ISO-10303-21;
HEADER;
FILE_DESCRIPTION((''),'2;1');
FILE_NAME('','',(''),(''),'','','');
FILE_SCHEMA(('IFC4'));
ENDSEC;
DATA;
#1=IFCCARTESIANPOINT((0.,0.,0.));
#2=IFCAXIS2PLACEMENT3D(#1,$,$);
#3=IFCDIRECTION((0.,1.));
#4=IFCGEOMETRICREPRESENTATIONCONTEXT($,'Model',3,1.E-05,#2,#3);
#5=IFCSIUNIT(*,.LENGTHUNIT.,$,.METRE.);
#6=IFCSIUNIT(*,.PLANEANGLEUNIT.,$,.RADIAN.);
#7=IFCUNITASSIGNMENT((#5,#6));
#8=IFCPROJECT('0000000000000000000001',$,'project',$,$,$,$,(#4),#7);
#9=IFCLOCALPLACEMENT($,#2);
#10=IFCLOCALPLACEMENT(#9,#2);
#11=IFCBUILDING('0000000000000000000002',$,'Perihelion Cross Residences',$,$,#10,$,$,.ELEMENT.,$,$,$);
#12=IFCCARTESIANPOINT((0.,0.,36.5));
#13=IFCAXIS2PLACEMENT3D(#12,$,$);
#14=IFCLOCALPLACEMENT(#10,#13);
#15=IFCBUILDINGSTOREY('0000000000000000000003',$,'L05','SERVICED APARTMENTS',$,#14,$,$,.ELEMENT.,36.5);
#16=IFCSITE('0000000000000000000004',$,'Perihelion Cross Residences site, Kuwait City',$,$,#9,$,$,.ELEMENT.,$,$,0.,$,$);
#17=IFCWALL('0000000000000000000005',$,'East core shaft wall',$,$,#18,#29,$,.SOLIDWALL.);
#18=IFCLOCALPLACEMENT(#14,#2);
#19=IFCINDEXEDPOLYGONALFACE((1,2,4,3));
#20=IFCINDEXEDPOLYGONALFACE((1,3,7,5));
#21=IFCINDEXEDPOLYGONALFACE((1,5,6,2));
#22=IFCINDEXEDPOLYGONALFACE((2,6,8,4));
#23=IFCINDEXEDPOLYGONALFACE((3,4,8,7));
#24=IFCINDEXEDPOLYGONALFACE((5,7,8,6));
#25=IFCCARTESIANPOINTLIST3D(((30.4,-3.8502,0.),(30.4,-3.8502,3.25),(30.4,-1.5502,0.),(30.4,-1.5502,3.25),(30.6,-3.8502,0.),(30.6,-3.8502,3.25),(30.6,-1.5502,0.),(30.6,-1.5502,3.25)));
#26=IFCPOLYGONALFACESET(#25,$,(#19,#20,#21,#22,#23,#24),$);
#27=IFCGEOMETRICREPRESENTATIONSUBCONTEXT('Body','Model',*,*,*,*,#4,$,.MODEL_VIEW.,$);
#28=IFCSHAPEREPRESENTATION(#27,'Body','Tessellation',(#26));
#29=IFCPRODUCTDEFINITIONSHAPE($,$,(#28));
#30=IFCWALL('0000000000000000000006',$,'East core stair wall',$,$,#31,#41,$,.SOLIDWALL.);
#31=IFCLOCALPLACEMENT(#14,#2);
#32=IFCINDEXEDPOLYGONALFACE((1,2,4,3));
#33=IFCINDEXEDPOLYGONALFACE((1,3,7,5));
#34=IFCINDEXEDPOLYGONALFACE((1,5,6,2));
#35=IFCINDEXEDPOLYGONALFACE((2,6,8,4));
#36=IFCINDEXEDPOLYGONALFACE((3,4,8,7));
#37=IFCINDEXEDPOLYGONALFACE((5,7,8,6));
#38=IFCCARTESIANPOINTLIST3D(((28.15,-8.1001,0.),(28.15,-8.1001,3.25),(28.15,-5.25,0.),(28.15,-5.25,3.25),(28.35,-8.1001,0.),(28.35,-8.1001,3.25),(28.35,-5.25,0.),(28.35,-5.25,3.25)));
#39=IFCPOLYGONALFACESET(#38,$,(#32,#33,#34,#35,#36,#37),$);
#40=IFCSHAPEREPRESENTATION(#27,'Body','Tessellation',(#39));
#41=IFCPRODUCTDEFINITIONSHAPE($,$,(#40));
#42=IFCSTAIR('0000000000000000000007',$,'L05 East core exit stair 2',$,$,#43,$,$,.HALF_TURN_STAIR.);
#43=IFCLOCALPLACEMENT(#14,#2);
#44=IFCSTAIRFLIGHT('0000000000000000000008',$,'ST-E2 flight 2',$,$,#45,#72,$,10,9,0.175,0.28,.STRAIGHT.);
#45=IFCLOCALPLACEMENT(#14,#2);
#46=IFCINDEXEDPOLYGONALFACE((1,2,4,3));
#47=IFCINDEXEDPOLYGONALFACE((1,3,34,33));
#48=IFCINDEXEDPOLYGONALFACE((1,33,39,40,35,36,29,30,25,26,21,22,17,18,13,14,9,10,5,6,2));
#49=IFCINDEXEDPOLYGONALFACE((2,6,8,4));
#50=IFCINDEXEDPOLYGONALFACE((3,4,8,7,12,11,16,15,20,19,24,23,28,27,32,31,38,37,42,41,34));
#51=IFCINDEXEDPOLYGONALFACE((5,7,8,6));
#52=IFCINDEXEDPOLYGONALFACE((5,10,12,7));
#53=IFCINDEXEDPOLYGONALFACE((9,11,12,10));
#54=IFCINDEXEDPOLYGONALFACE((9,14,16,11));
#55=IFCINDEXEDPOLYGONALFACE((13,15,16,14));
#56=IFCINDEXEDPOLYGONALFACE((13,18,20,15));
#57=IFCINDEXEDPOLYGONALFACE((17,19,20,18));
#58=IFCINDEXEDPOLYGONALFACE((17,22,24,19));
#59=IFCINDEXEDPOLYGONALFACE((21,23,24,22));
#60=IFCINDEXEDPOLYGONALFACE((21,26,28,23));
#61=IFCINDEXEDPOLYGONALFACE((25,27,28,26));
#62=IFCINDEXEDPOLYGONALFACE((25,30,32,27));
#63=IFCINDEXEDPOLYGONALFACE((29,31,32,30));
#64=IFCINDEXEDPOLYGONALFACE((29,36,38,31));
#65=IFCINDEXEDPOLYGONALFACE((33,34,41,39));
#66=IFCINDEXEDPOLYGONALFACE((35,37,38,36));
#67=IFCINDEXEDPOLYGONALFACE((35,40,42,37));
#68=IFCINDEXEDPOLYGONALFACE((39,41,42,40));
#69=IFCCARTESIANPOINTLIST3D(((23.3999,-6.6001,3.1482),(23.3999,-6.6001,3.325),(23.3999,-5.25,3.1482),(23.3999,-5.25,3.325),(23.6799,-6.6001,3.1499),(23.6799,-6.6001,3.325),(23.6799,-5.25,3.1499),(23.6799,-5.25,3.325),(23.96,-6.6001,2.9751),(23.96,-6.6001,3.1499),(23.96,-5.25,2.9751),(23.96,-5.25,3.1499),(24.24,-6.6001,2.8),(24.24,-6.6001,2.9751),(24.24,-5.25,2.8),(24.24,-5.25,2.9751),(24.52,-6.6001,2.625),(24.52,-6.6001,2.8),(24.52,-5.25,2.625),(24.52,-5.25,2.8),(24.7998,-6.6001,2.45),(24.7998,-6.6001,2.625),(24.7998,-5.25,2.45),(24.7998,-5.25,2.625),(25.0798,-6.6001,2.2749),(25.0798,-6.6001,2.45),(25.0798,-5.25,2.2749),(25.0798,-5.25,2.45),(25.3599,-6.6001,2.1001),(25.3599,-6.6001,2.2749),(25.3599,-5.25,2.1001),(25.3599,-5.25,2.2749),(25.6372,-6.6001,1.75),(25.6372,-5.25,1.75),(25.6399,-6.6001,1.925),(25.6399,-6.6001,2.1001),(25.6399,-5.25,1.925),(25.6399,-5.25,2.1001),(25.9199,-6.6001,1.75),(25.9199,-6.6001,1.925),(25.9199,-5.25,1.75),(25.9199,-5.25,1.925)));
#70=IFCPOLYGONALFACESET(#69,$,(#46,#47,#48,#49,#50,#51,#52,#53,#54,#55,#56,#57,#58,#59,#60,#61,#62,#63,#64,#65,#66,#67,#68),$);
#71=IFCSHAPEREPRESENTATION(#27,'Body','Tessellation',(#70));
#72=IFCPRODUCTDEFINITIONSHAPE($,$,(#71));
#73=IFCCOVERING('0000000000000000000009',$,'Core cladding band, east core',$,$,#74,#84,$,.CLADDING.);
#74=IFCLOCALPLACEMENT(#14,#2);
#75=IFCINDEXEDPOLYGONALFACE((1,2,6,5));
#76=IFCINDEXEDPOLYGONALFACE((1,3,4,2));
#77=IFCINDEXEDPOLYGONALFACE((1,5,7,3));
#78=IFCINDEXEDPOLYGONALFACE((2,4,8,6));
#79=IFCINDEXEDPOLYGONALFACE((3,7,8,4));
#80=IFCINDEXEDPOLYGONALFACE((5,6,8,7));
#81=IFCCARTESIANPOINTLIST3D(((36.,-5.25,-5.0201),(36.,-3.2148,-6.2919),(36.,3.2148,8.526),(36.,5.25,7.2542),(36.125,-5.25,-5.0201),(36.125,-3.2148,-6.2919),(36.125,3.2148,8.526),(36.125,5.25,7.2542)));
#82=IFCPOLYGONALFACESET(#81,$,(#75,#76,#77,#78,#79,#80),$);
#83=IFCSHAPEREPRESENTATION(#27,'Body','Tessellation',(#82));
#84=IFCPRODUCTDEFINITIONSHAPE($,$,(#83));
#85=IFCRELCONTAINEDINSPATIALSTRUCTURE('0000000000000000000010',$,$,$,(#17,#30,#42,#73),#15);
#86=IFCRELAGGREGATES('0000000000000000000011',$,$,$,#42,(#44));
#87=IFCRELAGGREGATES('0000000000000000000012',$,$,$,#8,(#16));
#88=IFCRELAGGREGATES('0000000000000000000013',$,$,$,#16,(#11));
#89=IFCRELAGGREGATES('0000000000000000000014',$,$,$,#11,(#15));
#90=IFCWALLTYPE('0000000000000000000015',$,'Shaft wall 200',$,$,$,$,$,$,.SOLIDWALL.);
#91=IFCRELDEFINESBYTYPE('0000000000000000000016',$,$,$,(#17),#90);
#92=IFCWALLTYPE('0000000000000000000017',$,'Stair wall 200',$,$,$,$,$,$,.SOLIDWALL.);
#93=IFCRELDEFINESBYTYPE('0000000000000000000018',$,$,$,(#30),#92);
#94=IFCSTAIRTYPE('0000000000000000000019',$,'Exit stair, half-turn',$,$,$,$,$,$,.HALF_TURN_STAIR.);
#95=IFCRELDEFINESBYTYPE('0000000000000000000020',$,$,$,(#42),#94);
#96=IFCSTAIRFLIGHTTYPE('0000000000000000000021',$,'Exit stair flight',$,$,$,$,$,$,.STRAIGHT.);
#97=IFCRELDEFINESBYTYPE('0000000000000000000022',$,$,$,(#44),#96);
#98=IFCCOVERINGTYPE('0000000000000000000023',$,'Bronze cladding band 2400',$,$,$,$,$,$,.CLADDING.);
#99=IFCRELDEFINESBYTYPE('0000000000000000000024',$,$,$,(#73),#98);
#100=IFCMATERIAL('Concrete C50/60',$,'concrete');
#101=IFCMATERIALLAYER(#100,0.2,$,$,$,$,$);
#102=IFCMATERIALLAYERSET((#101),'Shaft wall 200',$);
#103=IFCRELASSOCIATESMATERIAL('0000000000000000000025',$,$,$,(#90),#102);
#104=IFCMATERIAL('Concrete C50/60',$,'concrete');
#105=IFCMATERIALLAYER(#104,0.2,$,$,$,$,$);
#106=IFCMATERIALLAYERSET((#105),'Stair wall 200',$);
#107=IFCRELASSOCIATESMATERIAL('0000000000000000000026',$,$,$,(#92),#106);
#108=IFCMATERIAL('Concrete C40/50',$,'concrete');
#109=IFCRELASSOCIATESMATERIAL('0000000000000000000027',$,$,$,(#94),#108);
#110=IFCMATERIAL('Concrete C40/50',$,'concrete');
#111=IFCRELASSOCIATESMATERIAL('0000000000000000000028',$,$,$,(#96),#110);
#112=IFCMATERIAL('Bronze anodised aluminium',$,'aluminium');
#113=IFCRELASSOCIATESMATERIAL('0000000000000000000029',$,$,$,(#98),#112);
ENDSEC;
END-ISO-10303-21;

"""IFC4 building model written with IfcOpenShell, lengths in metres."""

from ifc_helpers import new_model, si_unit, direction, frame, frame_2d, origin, origin_2d, place, context, subcontext, project, spatial, polyline, rectangle, outline, extrude, material, layer, layer_set, material_profile, profile_set, type_object, element, aggregate, save


model = new_model("IFC4")

# Units and contexts
model_context = context("Model", 3, precision=1e-05, world=origin(), true_north=direction((0.0, 1.0)))
body_context = subcontext(model_context, "Body", "Model", "MODEL_VIEW")
ifc_project = project(units=[si_unit("LENGTHUNIT", "METRE"), si_unit("PLANEANGLEUNIT", "RADIAN")], contexts=[model_context])

# Site, building, storey
site_placement = place(None, origin())
site = spatial("IfcSite", under=ifc_project, at=site_placement, Name="Perihelion Cross Residences site, Kuwait City", CompositionType="ELEMENT", RefElevation=0.0)
building_placement = place(site_placement, origin())
building = spatial("IfcBuilding", under=site, at=building_placement, Name="Perihelion Cross Residences", CompositionType="ELEMENT")
storey_placement = place(building_placement, frame((0.0, 0.0, 36.5)))
storey = spatial("IfcBuildingStorey", under=building, at=storey_placement, Name="L05", Description="SERVICED APARTMENTS", CompositionType="ELEMENT", Elevation=36.5)

# Walls
ifc_material_1 = material(Name="Concrete C50/60", Category="concrete")
ifc_layer_1 = layer(ifc_material_1, 0.2)
ifc_layer_set_1 = layer_set([ifc_layer_1], Name="Shaft wall 200")
wall_type_1 = type_object("IfcWallType", Name="Shaft wall 200", PredefinedType="SOLIDWALL", material=ifc_layer_set_1)
wall_1_placement = place(storey_placement, frame((30.5, -3.8501, 0.0), z_axis=(0.0, 0.0, 1.0), x_axis=(0.0, 1.0, 0.0)))
element("IfcWall", 1, at=wall_1_placement, inside=storey, type_object=wall_type_1, Name="East core shaft wall", PredefinedType="SOLIDWALL", context=body_context, shape_type="SweptSolid", body=[
    extrude(rectangle(XDim=2.3, YDim=0.2, at=frame_2d((1.1499, 0.0))), origin(), (0.0, 0.0, 1.0), 3.25),
])
ifc_material_2 = material(Name="Concrete C50/60", Category="concrete")
ifc_layer_2 = layer(ifc_material_2, 0.2)
ifc_layer_set_2 = layer_set([ifc_layer_2], Name="Stair wall 200")
wall_type_2 = type_object("IfcWallType", Name="Stair wall 200", PredefinedType="SOLIDWALL", material=ifc_layer_set_2)
wall_2_placement = place(storey_placement, frame((28.25, -8.1001, 0.0), z_axis=(0.0, 0.0, 1.0), x_axis=(0.0, 1.0, 0.0)))
element("IfcWall", 2, at=wall_2_placement, inside=storey, type_object=wall_type_2, Name="East core stair wall", PredefinedType="SOLIDWALL", context=body_context, shape_type="SweptSolid", body=[
    extrude(rectangle(XDim=2.8501, YDim=0.2, at=frame_2d((1.425, 0.0))), origin(), (0.0, 0.0, 1.0), 3.25),
])

# Stair, stair flight
ifc_material_3 = material(Name="Concrete C40/50", Category="concrete")
stair_type = type_object("IfcStairType", Name="Exit stair, half-turn", PredefinedType="HALF_TURN_STAIR", material=ifc_material_3)
stair_placement = place(storey_placement, origin())
stair = element("IfcStair", 3, at=stair_placement, inside=storey, type_object=stair_type, Name="L05 East core exit stair 2", PredefinedType="HALF_TURN_STAIR")
ifc_material_4 = material(Name="Concrete C40/50", Category="concrete")
stair_flight_type = type_object("IfcStairFlightType", Name="Exit stair flight", PredefinedType="STRAIGHT", material=ifc_material_4)
stair_flight_placement = place(storey_placement, frame((25.9199, -5.925, 1.75), z_axis=(0.0, 0.0, 1.0), x_axis=(-1.0, 0.0, 0.0)))
stair_flight = element("IfcStairFlight", 4, at=stair_flight_placement, type_object=stair_flight_type, Name="ST-E2 flight 2", NumberOfRisers=10, NumberOfTreads=9, PredefinedType="STRAIGHT", RiserHeight=0.175, TreadLength=0.28, context=body_context, shape_type="SweptSolid", body=[
    extrude(outline(polyline([(0.0, 0.0), (0.0, 0.175), (0.28, 0.175), (0.28, 0.3501), (0.5601, 0.3501), (0.5601, 0.5249), (0.8401, 0.5249), (0.8401, 0.7), (1.1201, 0.7), (1.1201, 0.875), (1.3999, 0.875), (1.3999, 1.05), (1.6799, 1.05), (1.6799, 1.2251), (1.96, 1.2251), (1.96, 1.3999), (2.24, 1.3999), (2.24, 1.575), (2.52, 1.575), (2.52, 1.75), (2.52, 1.3982), (0.2827, 0.0), (0.0, 0.0)])), frame((0.0, 0.675, 0.0), z_axis=(0.0, -1.0, 0.0), x_axis=(1.0, 0.0, 0.0)), (0.0, 0.0, 1.0), 1.3501),
])
aggregate(stair, [stair_flight])

# Covering
ifc_material_5 = material(Name="Bronze anodised aluminium", Category="aluminium")
ifc_material_profile = material_profile(ifc_material_5, rectangle(XDim=0.125, YDim=2.3999, at=origin_2d()), Name="Bronze cladding band 2400")
ifc_profile_set = profile_set([ifc_material_profile], Name="Bronze anodised aluminium")
covering_type = type_object("IfcCoveringType", Name="Bronze cladding band 2400", PredefinedType="CLADDING", material=ifc_profile_set)
covering_placement = place(storey_placement, frame((36.0625, -4.2324, -5.656), z_axis=(0.0, 0.529932, 0.84804), x_axis=(-1.0, 0.0, 0.0)))
element("IfcCovering", 5, at=covering_placement, inside=storey, type_object=covering_type, Name="Core cladding band, east core", PredefinedType="CLADDING", context=body_context, shape_type="SweptSolid", body=[
    extrude(rectangle(XDim=0.125, YDim=2.3999, at=origin_2d()), origin(), (0.0, 0.0, 1.0), 15.9734),
])

save(model, "model.ifc")
